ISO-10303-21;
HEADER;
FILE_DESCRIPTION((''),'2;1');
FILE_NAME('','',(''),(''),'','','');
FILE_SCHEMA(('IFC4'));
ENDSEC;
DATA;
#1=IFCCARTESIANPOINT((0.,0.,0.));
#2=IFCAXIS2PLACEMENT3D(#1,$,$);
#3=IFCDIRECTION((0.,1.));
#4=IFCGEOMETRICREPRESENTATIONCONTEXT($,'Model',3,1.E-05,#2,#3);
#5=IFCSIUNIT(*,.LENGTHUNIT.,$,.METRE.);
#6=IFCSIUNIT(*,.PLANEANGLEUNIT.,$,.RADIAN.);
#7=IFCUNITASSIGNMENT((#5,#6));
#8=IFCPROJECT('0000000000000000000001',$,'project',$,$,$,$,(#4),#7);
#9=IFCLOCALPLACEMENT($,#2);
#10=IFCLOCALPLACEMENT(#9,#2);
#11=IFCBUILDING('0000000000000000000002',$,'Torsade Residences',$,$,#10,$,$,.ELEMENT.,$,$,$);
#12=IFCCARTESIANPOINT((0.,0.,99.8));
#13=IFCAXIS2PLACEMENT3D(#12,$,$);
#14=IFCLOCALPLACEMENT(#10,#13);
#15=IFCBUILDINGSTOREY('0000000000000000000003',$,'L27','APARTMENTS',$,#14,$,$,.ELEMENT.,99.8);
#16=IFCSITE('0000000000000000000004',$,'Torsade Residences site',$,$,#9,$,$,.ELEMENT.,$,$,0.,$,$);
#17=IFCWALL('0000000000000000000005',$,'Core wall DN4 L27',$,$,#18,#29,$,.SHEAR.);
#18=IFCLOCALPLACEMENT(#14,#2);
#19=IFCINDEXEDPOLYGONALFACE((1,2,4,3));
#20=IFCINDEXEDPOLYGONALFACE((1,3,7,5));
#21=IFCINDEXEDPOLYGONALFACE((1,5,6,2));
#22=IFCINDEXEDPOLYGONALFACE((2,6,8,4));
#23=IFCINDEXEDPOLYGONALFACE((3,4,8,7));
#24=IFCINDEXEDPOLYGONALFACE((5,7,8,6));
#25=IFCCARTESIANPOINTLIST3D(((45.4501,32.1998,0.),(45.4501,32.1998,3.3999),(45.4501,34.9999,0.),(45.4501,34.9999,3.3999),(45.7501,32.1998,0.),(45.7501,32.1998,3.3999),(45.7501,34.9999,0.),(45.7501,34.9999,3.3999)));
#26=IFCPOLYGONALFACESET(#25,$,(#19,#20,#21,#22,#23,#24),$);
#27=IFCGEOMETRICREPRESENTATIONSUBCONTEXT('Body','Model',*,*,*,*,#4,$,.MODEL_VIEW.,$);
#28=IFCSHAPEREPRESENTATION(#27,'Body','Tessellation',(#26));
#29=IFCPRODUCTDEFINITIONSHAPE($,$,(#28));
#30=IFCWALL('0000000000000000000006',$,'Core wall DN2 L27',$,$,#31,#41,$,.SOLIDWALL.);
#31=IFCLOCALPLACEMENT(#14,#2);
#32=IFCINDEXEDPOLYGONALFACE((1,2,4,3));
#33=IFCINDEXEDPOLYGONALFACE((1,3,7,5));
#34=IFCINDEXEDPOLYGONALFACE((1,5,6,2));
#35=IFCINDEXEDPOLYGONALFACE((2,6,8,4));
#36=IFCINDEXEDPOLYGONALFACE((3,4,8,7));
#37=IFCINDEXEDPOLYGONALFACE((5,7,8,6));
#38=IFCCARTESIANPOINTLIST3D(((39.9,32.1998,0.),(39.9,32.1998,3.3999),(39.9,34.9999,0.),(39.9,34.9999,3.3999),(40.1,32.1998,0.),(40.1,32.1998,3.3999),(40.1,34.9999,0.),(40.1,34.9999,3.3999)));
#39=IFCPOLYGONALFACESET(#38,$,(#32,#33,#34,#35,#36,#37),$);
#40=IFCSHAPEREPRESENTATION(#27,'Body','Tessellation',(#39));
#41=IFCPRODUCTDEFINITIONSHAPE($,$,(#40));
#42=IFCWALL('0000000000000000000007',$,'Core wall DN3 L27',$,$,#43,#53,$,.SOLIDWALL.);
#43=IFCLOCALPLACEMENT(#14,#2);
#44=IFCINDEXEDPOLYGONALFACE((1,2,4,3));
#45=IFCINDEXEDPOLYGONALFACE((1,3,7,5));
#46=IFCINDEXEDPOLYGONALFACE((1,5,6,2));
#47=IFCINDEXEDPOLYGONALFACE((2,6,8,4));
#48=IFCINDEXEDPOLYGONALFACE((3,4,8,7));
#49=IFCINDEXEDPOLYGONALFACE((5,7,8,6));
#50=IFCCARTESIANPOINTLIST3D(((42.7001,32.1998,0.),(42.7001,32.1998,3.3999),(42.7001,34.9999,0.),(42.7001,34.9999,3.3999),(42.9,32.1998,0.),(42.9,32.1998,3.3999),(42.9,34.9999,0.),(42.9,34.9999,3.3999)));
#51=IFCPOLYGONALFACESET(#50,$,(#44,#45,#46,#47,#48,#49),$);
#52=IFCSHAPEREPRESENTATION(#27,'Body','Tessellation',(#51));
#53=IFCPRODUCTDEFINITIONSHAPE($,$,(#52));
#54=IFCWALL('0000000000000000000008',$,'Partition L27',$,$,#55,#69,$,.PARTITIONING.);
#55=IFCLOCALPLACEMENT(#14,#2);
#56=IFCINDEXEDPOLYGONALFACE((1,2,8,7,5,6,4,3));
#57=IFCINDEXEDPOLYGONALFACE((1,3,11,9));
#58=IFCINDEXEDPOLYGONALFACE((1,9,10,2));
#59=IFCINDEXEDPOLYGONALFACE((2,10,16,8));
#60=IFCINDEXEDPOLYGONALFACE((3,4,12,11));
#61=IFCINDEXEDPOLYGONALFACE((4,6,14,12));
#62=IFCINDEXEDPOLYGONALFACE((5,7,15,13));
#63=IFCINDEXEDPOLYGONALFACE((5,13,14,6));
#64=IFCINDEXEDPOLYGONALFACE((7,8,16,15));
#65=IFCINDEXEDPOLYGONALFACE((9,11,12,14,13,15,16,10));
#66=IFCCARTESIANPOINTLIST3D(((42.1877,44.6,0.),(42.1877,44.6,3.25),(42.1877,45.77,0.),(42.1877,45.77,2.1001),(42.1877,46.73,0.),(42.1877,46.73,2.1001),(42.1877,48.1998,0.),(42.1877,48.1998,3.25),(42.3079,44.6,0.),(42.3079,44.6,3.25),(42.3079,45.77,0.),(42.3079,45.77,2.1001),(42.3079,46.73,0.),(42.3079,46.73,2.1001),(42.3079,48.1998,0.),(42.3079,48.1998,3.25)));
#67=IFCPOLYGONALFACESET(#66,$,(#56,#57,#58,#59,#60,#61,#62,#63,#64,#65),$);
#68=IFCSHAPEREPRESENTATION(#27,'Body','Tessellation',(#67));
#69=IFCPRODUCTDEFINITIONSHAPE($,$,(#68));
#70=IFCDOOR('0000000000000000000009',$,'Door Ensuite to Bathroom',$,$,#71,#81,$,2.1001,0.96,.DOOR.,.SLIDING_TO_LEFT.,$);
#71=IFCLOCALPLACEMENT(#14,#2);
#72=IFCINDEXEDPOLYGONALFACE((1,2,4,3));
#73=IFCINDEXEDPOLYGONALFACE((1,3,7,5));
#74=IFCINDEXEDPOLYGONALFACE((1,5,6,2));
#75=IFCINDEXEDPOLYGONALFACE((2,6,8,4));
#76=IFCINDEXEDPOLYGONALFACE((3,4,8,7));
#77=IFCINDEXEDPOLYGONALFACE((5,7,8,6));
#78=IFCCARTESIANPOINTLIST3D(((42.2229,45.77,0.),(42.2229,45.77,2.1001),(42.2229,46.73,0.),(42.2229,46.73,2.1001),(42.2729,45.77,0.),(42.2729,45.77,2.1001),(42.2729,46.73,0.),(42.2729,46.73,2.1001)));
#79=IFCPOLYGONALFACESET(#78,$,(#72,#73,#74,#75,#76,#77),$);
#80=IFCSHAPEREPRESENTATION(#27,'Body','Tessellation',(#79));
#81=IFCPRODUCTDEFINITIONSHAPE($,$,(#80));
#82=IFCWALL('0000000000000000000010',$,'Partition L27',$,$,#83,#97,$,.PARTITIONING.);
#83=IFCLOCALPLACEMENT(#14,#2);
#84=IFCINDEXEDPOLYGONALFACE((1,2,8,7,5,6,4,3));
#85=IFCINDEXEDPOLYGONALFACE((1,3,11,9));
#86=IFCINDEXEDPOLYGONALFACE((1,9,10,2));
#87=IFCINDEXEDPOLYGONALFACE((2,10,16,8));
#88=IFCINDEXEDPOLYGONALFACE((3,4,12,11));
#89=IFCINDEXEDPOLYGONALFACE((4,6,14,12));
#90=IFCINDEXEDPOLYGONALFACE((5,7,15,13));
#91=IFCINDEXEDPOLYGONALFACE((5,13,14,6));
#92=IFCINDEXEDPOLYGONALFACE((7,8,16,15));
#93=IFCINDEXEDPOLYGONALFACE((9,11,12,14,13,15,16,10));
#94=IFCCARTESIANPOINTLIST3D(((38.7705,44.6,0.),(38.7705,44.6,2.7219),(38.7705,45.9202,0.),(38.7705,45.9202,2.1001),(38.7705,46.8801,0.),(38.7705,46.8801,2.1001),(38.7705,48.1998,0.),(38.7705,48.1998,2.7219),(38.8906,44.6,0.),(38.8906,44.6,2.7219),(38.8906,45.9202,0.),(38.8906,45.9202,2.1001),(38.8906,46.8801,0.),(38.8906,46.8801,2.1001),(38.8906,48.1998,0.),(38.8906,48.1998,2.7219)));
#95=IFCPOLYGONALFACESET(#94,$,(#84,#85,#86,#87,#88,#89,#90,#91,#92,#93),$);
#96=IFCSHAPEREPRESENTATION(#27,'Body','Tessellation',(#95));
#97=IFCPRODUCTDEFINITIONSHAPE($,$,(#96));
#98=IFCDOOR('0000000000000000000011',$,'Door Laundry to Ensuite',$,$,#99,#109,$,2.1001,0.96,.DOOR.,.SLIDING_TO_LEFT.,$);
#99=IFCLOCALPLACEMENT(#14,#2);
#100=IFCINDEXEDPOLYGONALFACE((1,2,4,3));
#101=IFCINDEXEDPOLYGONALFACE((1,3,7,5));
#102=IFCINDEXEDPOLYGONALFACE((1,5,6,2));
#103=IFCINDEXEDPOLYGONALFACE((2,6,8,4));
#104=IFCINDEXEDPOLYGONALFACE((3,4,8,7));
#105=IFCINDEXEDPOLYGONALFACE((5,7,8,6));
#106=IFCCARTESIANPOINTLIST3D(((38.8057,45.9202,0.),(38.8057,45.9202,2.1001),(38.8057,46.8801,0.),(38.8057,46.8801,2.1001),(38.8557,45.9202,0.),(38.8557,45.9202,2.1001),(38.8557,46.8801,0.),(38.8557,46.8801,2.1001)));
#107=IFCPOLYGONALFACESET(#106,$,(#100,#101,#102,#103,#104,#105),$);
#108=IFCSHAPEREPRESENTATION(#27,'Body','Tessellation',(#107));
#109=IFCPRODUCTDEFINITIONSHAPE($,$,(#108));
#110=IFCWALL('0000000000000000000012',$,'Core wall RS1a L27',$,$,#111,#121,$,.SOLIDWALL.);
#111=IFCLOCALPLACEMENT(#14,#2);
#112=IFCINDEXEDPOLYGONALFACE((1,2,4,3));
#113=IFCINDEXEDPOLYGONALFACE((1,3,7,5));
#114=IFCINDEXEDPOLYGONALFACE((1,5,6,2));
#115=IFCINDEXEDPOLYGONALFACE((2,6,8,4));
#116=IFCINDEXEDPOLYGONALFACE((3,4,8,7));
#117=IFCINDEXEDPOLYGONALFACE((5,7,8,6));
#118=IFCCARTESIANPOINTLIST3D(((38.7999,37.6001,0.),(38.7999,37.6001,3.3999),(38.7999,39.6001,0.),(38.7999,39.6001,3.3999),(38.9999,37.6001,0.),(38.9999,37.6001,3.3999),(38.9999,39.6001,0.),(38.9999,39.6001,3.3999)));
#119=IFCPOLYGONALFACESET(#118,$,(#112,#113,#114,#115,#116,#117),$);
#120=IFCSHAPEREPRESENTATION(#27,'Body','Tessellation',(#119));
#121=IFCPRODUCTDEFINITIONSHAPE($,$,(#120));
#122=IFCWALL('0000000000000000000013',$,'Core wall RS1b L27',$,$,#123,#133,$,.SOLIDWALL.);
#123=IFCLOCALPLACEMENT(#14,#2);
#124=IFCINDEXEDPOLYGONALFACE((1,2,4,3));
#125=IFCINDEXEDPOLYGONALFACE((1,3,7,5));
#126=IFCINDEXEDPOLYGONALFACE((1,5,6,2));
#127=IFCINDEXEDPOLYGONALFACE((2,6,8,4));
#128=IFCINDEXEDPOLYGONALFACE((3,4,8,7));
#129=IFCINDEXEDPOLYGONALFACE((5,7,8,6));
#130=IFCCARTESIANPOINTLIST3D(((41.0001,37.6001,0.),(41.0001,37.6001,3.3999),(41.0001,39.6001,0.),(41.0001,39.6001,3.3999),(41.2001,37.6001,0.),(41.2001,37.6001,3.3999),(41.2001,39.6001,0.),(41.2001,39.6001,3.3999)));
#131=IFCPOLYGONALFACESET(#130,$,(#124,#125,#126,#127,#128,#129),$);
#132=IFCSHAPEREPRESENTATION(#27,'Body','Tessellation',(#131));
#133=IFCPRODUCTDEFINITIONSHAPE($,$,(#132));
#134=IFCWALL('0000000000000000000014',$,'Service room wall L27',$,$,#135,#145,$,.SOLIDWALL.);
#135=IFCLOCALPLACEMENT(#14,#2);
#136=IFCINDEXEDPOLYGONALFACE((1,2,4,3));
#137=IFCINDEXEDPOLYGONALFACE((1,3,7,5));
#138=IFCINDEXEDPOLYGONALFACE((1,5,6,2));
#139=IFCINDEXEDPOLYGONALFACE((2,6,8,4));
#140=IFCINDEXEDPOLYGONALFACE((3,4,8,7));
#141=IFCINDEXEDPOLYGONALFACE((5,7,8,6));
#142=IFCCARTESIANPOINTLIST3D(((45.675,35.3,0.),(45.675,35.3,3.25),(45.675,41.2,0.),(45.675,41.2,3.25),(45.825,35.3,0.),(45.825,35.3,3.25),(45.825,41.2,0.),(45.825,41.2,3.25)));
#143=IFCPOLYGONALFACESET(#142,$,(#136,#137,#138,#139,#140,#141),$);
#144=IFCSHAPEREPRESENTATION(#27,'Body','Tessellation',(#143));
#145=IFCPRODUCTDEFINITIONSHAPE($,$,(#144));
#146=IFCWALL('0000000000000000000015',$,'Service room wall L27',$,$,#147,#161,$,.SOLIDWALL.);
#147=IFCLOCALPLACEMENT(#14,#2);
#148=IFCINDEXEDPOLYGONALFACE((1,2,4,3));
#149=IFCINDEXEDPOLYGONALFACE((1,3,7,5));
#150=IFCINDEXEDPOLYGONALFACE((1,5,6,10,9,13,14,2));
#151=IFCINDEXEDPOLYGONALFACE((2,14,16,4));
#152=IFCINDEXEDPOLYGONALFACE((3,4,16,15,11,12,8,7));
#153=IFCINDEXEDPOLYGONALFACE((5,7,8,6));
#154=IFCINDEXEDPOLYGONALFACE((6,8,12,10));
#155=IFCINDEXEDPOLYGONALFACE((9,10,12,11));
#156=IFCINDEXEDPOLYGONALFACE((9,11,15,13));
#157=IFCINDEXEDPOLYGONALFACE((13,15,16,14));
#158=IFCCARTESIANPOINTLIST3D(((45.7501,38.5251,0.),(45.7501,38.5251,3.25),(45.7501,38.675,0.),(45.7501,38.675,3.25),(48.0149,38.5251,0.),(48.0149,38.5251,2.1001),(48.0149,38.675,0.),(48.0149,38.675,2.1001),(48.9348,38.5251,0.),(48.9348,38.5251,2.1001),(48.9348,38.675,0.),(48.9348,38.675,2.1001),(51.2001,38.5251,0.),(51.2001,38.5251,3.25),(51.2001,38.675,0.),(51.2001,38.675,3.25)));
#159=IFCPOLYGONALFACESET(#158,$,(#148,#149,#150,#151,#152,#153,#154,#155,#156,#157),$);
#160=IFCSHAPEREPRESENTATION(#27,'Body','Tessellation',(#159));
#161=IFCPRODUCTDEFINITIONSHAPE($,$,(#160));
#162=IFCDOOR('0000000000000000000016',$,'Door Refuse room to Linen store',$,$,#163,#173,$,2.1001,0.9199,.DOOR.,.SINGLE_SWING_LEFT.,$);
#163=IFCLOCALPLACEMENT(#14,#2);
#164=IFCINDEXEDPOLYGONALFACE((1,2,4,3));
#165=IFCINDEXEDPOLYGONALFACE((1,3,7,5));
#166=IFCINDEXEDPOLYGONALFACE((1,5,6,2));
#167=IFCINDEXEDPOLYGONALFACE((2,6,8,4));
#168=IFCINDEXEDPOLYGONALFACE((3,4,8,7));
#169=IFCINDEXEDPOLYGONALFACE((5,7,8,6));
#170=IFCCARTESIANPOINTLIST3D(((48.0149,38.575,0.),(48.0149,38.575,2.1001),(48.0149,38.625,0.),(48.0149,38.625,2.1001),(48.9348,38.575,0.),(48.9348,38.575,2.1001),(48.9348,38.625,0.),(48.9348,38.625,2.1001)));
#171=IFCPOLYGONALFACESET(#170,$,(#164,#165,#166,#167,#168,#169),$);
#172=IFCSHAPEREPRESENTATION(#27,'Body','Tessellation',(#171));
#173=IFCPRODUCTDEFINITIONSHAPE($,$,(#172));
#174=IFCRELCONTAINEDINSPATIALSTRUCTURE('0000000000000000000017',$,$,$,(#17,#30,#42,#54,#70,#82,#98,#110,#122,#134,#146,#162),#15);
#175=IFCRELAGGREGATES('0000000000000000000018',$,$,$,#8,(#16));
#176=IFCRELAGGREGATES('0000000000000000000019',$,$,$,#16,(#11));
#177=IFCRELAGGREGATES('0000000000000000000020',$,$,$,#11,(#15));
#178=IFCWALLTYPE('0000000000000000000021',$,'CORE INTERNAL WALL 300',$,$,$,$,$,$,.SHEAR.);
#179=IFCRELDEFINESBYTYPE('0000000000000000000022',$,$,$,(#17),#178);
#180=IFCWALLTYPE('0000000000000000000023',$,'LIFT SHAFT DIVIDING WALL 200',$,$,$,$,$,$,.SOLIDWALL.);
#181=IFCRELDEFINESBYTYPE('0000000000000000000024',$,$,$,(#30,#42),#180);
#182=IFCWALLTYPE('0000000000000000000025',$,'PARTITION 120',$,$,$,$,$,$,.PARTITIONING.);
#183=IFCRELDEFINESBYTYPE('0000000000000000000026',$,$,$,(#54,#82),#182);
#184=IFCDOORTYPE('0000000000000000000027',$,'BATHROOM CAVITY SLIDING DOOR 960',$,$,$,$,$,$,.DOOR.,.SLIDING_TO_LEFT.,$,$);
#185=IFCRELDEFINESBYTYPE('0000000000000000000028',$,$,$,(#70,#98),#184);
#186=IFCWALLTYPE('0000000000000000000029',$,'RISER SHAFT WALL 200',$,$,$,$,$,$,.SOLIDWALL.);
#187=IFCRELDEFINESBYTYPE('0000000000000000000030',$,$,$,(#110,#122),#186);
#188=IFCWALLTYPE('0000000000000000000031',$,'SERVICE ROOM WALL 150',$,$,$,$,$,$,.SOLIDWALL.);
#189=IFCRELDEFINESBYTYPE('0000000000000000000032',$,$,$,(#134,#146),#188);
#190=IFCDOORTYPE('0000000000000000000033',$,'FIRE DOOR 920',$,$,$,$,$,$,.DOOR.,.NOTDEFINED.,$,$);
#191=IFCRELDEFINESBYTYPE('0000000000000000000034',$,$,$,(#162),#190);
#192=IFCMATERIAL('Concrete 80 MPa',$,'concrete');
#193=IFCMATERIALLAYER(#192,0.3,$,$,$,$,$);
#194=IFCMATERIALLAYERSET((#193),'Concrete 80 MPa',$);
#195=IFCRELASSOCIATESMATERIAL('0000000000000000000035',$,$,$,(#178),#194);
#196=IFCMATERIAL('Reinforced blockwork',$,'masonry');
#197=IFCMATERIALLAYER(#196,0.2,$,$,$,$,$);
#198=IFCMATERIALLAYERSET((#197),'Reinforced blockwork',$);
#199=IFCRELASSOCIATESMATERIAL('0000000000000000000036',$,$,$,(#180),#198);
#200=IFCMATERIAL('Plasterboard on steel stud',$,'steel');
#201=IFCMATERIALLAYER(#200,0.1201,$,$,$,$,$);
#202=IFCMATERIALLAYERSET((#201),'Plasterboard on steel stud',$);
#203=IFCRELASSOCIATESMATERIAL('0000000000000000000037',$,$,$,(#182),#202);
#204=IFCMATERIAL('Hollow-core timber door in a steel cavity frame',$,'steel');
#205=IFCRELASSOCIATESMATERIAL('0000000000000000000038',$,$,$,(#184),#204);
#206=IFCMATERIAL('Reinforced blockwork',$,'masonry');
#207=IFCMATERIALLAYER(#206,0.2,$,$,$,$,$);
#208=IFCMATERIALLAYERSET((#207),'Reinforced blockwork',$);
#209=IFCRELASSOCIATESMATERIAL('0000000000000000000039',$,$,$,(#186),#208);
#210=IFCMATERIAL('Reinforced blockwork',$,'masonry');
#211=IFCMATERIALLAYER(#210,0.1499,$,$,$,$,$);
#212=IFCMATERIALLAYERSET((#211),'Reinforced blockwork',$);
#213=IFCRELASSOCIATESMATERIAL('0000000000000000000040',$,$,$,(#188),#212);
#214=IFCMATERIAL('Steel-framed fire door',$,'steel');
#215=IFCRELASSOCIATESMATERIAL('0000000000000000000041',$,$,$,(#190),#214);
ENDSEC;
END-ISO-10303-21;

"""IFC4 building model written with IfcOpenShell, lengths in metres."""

from ifc_helpers import new_model, si_unit, direction, frame, frame_2d, origin, place, context, subcontext, project, spatial, rectangle, extrude, material, layer, layer_set, type_object, element, fill, save


model = new_model("IFC4")

# Units and contexts
model_context = context("Model", 3, precision=1e-05, world=origin(), true_north=direction((0.0, 1.0)))
body_context = subcontext(model_context, "Body", "Model", "MODEL_VIEW")
ifc_project = project(units=[si_unit("LENGTHUNIT", "METRE"), si_unit("PLANEANGLEUNIT", "RADIAN")], contexts=[model_context])

# Site, building, storey
site_placement = place(None, origin())
site = spatial("IfcSite", under=ifc_project, at=site_placement, Name="Torsade Residences site", CompositionType="ELEMENT", RefElevation=0.0)
building_placement = place(site_placement, origin())
building = spatial("IfcBuilding", under=site, at=building_placement, Name="Torsade Residences", CompositionType="ELEMENT")
storey_placement = place(building_placement, frame((0.0, 0.0, 99.8)))
storey = spatial("IfcBuildingStorey", under=building, at=storey_placement, Name="L27", Description="APARTMENTS", CompositionType="ELEMENT", Elevation=99.8)

# Walls
ifc_material_1 = material(Name="Concrete 80 MPa", Category="concrete")
ifc_layer_1 = layer(ifc_material_1, 0.3)
ifc_layer_set_1 = layer_set([ifc_layer_1], Name="Concrete 80 MPa")
wall_type_1 = type_object("IfcWallType", Name="CORE INTERNAL WALL 300", PredefinedType="SHEAR", material=ifc_layer_set_1)
wall_1_placement = place(storey_placement, frame((45.6001, 32.2, 0.0), z_axis=(0.0, 0.0, 1.0), x_axis=(0.0, 1.0, 0.0)))
element("IfcWall", 1, at=wall_1_placement, inside=storey, type_object=wall_type_1, Name="Core wall DN4 L27", PredefinedType="SHEAR", context=body_context, shape_type="SweptSolid", body=[
    extrude(rectangle(XDim=2.8, YDim=0.3, at=frame_2d((1.3999, 0.0))), origin(), (0.0, 0.0, 1.0), 3.3999),
])
ifc_material_2 = material(Name="Reinforced blockwork", Category="masonry")
ifc_layer_2 = layer(ifc_material_2, 0.2)
ifc_layer_set_2 = layer_set([ifc_layer_2], Name="Reinforced blockwork")
wall_type_2 = type_object("IfcWallType", Name="LIFT SHAFT DIVIDING WALL 200", PredefinedType="SOLIDWALL", material=ifc_layer_set_2)
for number, where, z_axis, x_axis, name in (
    (2, (40.0, 32.2, 0.0), (0.0, 0.0, 1.0), (0.0, 1.0, 0.0), "Core wall DN2 L27"),
    (3, (42.8, 32.2, 0.0), (0.0, 0.0, 1.0), (0.0, 1.0, 0.0), "Core wall DN3 L27"),
):
    element("IfcWall", number, at=place(storey_placement, frame(where, z_axis=z_axis, x_axis=x_axis)), inside=storey, type_object=wall_type_2, Name=name, PredefinedType="SOLIDWALL", context=body_context, shape_type="SweptSolid", body=[
        extrude(rectangle(XDim=2.8, YDim=0.2, at=frame_2d((1.3999, 0.0))), origin(), (0.0, 0.0, 1.0), 3.3999),
    ])

# Walls, openings, doors
ifc_material_3 = material(Name="Plasterboard on steel stud", Category="steel")
ifc_layer_3 = layer(ifc_material_3, 0.1201)
ifc_layer_set_3 = layer_set([ifc_layer_3], Name="Plasterboard on steel stud")
wall_type_3 = type_object("IfcWallType", Name="PARTITION 120", PredefinedType="PARTITIONING", material=ifc_layer_set_3)
wall_2_placement = place(storey_placement, frame((42.2478, 44.6001, 0.0), z_axis=(0.0, 0.0, 1.0), x_axis=(0.0, 1.0, 0.0)))
wall_2 = element("IfcWall", 4, at=wall_2_placement, inside=storey, type_object=wall_type_3, Name="Partition L27", PredefinedType="PARTITIONING", context=body_context, shape_type="SweptSolid", body=[
    extrude(rectangle(XDim=3.5999, YDim=0.1201, at=frame_2d((1.7998, 0.0))), origin(), (0.0, 0.0, 1.0), 3.25),
])
opening_1_placement = place(wall_2_placement, frame((1.1699, 0.0, 0.0)))
opening_1 = element("IfcOpeningElement", 5, at=opening_1_placement, cuts=wall_2, PredefinedType="OPENING", context=body_context, shape_type="SweptSolid", body=[
    extrude(rectangle(XDim=0.96, YDim=2.1001, at=frame_2d((0.48, 1.05))), frame((0.0, 0.0701, 0.0), z_axis=(0.0, -1.0, 0.0), x_axis=(1.0, 0.0, 0.0)), (0.0, 0.0, 1.0), 0.1401),
])
ifc_material_4 = material(Name="Hollow-core timber door in a steel cavity frame", Category="steel")
door_type_1 = type_object("IfcDoorType", Name="BATHROOM CAVITY SLIDING DOOR 960", OperationType="SLIDING_TO_LEFT", PredefinedType="DOOR", material=ifc_material_4)
door_1_placement = place(opening_1_placement, origin())
door_1 = element("IfcDoor", 6, at=door_1_placement, inside=storey, type_object=door_type_1, Name="Door Ensuite to Bathroom", OperationType="SLIDING_TO_LEFT", OverallHeight=2.1001, OverallWidth=0.96, PredefinedType="DOOR", context=body_context, shape_type="SweptSolid", body=[
    extrude(rectangle(XDim=0.96, YDim=2.1001, at=frame_2d((0.48, 1.05))), frame((0.0, 0.0249, 0.0), z_axis=(0.0, -1.0, 0.0), x_axis=(1.0, 0.0, 0.0)), (0.0, 0.0, 1.0), 0.05),
])
fill(opening_1, door_1)
wall_3_placement = place(storey_placement, frame((38.8306, 44.6001, 0.0), z_axis=(0.0, 0.0, 1.0), x_axis=(0.0, 1.0, 0.0)))
wall_3 = element("IfcWall", 7, at=wall_3_placement, inside=storey, type_object=wall_type_3, Name="Partition L27", PredefinedType="PARTITIONING", context=body_context, shape_type="SweptSolid", body=[
    extrude(rectangle(XDim=3.5999, YDim=0.1201, at=frame_2d((1.7998, 0.0))), origin(), (0.0, 0.0, 1.0), 2.7219),
])
opening_2_placement = place(wall_3_placement, frame((1.3201, 0.0, 0.0)))
opening_2 = element("IfcOpeningElement", 8, at=opening_2_placement, cuts=wall_3, PredefinedType="OPENING", context=body_context, shape_type="SweptSolid", body=[
    extrude(rectangle(XDim=0.96, YDim=2.1001, at=frame_2d((0.48, 1.05))), frame((0.0, 0.0701, 0.0), z_axis=(0.0, -1.0, 0.0), x_axis=(1.0, 0.0, 0.0)), (0.0, 0.0, 1.0), 0.1401),
])
door_2_placement = place(opening_2_placement, origin())
door_2 = element("IfcDoor", 9, at=door_2_placement, inside=storey, type_object=door_type_1, Name="Door Laundry to Ensuite", OperationType="SLIDING_TO_LEFT", OverallHeight=2.1001, OverallWidth=0.96, PredefinedType="DOOR", context=body_context, shape_type="SweptSolid", body=[
    extrude(rectangle(XDim=0.96, YDim=2.1001, at=frame_2d((0.48, 1.05))), frame((0.0, 0.0249, 0.0), z_axis=(0.0, -1.0, 0.0), x_axis=(1.0, 0.0, 0.0)), (0.0, 0.0, 1.0), 0.05),
])
fill(opening_2, door_2)

# Walls
ifc_material_5 = material(Name="Reinforced blockwork", Category="masonry")
ifc_layer_4 = layer(ifc_material_5, 0.2)
ifc_layer_set_4 = layer_set([ifc_layer_4], Name="Reinforced blockwork")
wall_type_4 = type_object("IfcWallType", Name="RISER SHAFT WALL 200", PredefinedType="SOLIDWALL", material=ifc_layer_set_4)
for number, where, z_axis, x_axis, name in (
    (10, (38.8999, 37.6001, 0.0), (0.0, 0.0, 1.0), (0.0, 1.0, 0.0), "Core wall RS1a L27"),
    (11, (41.1001, 37.6001, 0.0), (0.0, 0.0, 1.0), (0.0, 1.0, 0.0), "Core wall RS1b L27"),
):
    element("IfcWall", number, at=place(storey_placement, frame(where, z_axis=z_axis, x_axis=x_axis)), inside=storey, type_object=wall_type_4, Name=name, PredefinedType="SOLIDWALL", context=body_context, shape_type="SweptSolid", body=[
        extrude(rectangle(XDim=2.0, YDim=0.2, at=frame_2d((1.0, 0.0))), origin(), (0.0, 0.0, 1.0), 3.3999),
    ])
ifc_material_6 = material(Name="Reinforced blockwork", Category="masonry")
ifc_layer_5 = layer(ifc_material_6, 0.1499)
ifc_layer_set_5 = layer_set([ifc_layer_5], Name="Reinforced blockwork")
wall_type_5 = type_object("IfcWallType", Name="SERVICE ROOM WALL 150", PredefinedType="SOLIDWALL", material=ifc_layer_set_5)
wall_4_placement = place(storey_placement, frame((45.75, 41.2, 0.0), z_axis=(0.0, 0.0, 1.0), x_axis=(0.0, -1.0, 0.0)))
element("IfcWall", 12, at=wall_4_placement, inside=storey, type_object=wall_type_5, Name="Service room wall L27", PredefinedType="SOLIDWALL", context=body_context, shape_type="SweptSolid", body=[
    extrude(rectangle(XDim=5.8999, YDim=0.1499, at=frame_2d((2.95, 0.0))), origin(), (0.0, 0.0, 1.0), 3.25),
])

# Wall, opening, door
wall_5_placement = place(storey_placement, frame((45.75, 38.6001, 0.0), z_axis=(0.0, 0.0, 1.0), x_axis=(1.0, 0.0, 0.0)))
wall_5 = element("IfcWall", 13, at=wall_5_placement, inside=storey, type_object=wall_type_5, Name="Service room wall L27", PredefinedType="SOLIDWALL", context=body_context, shape_type="SweptSolid", body=[
    extrude(rectangle(XDim=5.45, YDim=0.1499, at=frame_2d((2.7251, 0.0))), origin(), (0.0, 0.0, 1.0), 3.25),
])
opening_3_placement = place(wall_5_placement, frame((2.2649, 0.0, 0.0)))
opening_3 = element("IfcOpeningElement", 14, at=opening_3_placement, cuts=wall_5, PredefinedType="OPENING", context=body_context, shape_type="SweptSolid", body=[
    extrude(rectangle(XDim=0.9199, YDim=2.1001, at=frame_2d((0.46, 1.05))), frame((0.0, 0.085, 0.0), z_axis=(0.0, -1.0, 0.0), x_axis=(1.0, 0.0, 0.0)), (0.0, 0.0, 1.0), 0.1699),
])
ifc_material_7 = material(Name="Steel-framed fire door", Category="steel")
door_type_2 = type_object("IfcDoorType", Name="FIRE DOOR 920", OperationType="NOTDEFINED", PredefinedType="DOOR", material=ifc_material_7)
door_3_placement = place(opening_3_placement, origin())
door_3 = element("IfcDoor", 15, at=door_3_placement, inside=storey, type_object=door_type_2, Name="Door Refuse room to Linen store", OperationType="SINGLE_SWING_LEFT", OverallHeight=2.1001, OverallWidth=0.9199, PredefinedType="DOOR", context=body_context, shape_type="SweptSolid", body=[
    extrude(rectangle(XDim=0.9199, YDim=2.1001, at=frame_2d((0.46, 1.05))), frame((0.0, 0.0249, 0.0), z_axis=(0.0, -1.0, 0.0), x_axis=(1.0, 0.0, 0.0)), (0.0, 0.0, 1.0), 0.05),
])
fill(opening_3, door_3)

save(model, "model.ifc")
